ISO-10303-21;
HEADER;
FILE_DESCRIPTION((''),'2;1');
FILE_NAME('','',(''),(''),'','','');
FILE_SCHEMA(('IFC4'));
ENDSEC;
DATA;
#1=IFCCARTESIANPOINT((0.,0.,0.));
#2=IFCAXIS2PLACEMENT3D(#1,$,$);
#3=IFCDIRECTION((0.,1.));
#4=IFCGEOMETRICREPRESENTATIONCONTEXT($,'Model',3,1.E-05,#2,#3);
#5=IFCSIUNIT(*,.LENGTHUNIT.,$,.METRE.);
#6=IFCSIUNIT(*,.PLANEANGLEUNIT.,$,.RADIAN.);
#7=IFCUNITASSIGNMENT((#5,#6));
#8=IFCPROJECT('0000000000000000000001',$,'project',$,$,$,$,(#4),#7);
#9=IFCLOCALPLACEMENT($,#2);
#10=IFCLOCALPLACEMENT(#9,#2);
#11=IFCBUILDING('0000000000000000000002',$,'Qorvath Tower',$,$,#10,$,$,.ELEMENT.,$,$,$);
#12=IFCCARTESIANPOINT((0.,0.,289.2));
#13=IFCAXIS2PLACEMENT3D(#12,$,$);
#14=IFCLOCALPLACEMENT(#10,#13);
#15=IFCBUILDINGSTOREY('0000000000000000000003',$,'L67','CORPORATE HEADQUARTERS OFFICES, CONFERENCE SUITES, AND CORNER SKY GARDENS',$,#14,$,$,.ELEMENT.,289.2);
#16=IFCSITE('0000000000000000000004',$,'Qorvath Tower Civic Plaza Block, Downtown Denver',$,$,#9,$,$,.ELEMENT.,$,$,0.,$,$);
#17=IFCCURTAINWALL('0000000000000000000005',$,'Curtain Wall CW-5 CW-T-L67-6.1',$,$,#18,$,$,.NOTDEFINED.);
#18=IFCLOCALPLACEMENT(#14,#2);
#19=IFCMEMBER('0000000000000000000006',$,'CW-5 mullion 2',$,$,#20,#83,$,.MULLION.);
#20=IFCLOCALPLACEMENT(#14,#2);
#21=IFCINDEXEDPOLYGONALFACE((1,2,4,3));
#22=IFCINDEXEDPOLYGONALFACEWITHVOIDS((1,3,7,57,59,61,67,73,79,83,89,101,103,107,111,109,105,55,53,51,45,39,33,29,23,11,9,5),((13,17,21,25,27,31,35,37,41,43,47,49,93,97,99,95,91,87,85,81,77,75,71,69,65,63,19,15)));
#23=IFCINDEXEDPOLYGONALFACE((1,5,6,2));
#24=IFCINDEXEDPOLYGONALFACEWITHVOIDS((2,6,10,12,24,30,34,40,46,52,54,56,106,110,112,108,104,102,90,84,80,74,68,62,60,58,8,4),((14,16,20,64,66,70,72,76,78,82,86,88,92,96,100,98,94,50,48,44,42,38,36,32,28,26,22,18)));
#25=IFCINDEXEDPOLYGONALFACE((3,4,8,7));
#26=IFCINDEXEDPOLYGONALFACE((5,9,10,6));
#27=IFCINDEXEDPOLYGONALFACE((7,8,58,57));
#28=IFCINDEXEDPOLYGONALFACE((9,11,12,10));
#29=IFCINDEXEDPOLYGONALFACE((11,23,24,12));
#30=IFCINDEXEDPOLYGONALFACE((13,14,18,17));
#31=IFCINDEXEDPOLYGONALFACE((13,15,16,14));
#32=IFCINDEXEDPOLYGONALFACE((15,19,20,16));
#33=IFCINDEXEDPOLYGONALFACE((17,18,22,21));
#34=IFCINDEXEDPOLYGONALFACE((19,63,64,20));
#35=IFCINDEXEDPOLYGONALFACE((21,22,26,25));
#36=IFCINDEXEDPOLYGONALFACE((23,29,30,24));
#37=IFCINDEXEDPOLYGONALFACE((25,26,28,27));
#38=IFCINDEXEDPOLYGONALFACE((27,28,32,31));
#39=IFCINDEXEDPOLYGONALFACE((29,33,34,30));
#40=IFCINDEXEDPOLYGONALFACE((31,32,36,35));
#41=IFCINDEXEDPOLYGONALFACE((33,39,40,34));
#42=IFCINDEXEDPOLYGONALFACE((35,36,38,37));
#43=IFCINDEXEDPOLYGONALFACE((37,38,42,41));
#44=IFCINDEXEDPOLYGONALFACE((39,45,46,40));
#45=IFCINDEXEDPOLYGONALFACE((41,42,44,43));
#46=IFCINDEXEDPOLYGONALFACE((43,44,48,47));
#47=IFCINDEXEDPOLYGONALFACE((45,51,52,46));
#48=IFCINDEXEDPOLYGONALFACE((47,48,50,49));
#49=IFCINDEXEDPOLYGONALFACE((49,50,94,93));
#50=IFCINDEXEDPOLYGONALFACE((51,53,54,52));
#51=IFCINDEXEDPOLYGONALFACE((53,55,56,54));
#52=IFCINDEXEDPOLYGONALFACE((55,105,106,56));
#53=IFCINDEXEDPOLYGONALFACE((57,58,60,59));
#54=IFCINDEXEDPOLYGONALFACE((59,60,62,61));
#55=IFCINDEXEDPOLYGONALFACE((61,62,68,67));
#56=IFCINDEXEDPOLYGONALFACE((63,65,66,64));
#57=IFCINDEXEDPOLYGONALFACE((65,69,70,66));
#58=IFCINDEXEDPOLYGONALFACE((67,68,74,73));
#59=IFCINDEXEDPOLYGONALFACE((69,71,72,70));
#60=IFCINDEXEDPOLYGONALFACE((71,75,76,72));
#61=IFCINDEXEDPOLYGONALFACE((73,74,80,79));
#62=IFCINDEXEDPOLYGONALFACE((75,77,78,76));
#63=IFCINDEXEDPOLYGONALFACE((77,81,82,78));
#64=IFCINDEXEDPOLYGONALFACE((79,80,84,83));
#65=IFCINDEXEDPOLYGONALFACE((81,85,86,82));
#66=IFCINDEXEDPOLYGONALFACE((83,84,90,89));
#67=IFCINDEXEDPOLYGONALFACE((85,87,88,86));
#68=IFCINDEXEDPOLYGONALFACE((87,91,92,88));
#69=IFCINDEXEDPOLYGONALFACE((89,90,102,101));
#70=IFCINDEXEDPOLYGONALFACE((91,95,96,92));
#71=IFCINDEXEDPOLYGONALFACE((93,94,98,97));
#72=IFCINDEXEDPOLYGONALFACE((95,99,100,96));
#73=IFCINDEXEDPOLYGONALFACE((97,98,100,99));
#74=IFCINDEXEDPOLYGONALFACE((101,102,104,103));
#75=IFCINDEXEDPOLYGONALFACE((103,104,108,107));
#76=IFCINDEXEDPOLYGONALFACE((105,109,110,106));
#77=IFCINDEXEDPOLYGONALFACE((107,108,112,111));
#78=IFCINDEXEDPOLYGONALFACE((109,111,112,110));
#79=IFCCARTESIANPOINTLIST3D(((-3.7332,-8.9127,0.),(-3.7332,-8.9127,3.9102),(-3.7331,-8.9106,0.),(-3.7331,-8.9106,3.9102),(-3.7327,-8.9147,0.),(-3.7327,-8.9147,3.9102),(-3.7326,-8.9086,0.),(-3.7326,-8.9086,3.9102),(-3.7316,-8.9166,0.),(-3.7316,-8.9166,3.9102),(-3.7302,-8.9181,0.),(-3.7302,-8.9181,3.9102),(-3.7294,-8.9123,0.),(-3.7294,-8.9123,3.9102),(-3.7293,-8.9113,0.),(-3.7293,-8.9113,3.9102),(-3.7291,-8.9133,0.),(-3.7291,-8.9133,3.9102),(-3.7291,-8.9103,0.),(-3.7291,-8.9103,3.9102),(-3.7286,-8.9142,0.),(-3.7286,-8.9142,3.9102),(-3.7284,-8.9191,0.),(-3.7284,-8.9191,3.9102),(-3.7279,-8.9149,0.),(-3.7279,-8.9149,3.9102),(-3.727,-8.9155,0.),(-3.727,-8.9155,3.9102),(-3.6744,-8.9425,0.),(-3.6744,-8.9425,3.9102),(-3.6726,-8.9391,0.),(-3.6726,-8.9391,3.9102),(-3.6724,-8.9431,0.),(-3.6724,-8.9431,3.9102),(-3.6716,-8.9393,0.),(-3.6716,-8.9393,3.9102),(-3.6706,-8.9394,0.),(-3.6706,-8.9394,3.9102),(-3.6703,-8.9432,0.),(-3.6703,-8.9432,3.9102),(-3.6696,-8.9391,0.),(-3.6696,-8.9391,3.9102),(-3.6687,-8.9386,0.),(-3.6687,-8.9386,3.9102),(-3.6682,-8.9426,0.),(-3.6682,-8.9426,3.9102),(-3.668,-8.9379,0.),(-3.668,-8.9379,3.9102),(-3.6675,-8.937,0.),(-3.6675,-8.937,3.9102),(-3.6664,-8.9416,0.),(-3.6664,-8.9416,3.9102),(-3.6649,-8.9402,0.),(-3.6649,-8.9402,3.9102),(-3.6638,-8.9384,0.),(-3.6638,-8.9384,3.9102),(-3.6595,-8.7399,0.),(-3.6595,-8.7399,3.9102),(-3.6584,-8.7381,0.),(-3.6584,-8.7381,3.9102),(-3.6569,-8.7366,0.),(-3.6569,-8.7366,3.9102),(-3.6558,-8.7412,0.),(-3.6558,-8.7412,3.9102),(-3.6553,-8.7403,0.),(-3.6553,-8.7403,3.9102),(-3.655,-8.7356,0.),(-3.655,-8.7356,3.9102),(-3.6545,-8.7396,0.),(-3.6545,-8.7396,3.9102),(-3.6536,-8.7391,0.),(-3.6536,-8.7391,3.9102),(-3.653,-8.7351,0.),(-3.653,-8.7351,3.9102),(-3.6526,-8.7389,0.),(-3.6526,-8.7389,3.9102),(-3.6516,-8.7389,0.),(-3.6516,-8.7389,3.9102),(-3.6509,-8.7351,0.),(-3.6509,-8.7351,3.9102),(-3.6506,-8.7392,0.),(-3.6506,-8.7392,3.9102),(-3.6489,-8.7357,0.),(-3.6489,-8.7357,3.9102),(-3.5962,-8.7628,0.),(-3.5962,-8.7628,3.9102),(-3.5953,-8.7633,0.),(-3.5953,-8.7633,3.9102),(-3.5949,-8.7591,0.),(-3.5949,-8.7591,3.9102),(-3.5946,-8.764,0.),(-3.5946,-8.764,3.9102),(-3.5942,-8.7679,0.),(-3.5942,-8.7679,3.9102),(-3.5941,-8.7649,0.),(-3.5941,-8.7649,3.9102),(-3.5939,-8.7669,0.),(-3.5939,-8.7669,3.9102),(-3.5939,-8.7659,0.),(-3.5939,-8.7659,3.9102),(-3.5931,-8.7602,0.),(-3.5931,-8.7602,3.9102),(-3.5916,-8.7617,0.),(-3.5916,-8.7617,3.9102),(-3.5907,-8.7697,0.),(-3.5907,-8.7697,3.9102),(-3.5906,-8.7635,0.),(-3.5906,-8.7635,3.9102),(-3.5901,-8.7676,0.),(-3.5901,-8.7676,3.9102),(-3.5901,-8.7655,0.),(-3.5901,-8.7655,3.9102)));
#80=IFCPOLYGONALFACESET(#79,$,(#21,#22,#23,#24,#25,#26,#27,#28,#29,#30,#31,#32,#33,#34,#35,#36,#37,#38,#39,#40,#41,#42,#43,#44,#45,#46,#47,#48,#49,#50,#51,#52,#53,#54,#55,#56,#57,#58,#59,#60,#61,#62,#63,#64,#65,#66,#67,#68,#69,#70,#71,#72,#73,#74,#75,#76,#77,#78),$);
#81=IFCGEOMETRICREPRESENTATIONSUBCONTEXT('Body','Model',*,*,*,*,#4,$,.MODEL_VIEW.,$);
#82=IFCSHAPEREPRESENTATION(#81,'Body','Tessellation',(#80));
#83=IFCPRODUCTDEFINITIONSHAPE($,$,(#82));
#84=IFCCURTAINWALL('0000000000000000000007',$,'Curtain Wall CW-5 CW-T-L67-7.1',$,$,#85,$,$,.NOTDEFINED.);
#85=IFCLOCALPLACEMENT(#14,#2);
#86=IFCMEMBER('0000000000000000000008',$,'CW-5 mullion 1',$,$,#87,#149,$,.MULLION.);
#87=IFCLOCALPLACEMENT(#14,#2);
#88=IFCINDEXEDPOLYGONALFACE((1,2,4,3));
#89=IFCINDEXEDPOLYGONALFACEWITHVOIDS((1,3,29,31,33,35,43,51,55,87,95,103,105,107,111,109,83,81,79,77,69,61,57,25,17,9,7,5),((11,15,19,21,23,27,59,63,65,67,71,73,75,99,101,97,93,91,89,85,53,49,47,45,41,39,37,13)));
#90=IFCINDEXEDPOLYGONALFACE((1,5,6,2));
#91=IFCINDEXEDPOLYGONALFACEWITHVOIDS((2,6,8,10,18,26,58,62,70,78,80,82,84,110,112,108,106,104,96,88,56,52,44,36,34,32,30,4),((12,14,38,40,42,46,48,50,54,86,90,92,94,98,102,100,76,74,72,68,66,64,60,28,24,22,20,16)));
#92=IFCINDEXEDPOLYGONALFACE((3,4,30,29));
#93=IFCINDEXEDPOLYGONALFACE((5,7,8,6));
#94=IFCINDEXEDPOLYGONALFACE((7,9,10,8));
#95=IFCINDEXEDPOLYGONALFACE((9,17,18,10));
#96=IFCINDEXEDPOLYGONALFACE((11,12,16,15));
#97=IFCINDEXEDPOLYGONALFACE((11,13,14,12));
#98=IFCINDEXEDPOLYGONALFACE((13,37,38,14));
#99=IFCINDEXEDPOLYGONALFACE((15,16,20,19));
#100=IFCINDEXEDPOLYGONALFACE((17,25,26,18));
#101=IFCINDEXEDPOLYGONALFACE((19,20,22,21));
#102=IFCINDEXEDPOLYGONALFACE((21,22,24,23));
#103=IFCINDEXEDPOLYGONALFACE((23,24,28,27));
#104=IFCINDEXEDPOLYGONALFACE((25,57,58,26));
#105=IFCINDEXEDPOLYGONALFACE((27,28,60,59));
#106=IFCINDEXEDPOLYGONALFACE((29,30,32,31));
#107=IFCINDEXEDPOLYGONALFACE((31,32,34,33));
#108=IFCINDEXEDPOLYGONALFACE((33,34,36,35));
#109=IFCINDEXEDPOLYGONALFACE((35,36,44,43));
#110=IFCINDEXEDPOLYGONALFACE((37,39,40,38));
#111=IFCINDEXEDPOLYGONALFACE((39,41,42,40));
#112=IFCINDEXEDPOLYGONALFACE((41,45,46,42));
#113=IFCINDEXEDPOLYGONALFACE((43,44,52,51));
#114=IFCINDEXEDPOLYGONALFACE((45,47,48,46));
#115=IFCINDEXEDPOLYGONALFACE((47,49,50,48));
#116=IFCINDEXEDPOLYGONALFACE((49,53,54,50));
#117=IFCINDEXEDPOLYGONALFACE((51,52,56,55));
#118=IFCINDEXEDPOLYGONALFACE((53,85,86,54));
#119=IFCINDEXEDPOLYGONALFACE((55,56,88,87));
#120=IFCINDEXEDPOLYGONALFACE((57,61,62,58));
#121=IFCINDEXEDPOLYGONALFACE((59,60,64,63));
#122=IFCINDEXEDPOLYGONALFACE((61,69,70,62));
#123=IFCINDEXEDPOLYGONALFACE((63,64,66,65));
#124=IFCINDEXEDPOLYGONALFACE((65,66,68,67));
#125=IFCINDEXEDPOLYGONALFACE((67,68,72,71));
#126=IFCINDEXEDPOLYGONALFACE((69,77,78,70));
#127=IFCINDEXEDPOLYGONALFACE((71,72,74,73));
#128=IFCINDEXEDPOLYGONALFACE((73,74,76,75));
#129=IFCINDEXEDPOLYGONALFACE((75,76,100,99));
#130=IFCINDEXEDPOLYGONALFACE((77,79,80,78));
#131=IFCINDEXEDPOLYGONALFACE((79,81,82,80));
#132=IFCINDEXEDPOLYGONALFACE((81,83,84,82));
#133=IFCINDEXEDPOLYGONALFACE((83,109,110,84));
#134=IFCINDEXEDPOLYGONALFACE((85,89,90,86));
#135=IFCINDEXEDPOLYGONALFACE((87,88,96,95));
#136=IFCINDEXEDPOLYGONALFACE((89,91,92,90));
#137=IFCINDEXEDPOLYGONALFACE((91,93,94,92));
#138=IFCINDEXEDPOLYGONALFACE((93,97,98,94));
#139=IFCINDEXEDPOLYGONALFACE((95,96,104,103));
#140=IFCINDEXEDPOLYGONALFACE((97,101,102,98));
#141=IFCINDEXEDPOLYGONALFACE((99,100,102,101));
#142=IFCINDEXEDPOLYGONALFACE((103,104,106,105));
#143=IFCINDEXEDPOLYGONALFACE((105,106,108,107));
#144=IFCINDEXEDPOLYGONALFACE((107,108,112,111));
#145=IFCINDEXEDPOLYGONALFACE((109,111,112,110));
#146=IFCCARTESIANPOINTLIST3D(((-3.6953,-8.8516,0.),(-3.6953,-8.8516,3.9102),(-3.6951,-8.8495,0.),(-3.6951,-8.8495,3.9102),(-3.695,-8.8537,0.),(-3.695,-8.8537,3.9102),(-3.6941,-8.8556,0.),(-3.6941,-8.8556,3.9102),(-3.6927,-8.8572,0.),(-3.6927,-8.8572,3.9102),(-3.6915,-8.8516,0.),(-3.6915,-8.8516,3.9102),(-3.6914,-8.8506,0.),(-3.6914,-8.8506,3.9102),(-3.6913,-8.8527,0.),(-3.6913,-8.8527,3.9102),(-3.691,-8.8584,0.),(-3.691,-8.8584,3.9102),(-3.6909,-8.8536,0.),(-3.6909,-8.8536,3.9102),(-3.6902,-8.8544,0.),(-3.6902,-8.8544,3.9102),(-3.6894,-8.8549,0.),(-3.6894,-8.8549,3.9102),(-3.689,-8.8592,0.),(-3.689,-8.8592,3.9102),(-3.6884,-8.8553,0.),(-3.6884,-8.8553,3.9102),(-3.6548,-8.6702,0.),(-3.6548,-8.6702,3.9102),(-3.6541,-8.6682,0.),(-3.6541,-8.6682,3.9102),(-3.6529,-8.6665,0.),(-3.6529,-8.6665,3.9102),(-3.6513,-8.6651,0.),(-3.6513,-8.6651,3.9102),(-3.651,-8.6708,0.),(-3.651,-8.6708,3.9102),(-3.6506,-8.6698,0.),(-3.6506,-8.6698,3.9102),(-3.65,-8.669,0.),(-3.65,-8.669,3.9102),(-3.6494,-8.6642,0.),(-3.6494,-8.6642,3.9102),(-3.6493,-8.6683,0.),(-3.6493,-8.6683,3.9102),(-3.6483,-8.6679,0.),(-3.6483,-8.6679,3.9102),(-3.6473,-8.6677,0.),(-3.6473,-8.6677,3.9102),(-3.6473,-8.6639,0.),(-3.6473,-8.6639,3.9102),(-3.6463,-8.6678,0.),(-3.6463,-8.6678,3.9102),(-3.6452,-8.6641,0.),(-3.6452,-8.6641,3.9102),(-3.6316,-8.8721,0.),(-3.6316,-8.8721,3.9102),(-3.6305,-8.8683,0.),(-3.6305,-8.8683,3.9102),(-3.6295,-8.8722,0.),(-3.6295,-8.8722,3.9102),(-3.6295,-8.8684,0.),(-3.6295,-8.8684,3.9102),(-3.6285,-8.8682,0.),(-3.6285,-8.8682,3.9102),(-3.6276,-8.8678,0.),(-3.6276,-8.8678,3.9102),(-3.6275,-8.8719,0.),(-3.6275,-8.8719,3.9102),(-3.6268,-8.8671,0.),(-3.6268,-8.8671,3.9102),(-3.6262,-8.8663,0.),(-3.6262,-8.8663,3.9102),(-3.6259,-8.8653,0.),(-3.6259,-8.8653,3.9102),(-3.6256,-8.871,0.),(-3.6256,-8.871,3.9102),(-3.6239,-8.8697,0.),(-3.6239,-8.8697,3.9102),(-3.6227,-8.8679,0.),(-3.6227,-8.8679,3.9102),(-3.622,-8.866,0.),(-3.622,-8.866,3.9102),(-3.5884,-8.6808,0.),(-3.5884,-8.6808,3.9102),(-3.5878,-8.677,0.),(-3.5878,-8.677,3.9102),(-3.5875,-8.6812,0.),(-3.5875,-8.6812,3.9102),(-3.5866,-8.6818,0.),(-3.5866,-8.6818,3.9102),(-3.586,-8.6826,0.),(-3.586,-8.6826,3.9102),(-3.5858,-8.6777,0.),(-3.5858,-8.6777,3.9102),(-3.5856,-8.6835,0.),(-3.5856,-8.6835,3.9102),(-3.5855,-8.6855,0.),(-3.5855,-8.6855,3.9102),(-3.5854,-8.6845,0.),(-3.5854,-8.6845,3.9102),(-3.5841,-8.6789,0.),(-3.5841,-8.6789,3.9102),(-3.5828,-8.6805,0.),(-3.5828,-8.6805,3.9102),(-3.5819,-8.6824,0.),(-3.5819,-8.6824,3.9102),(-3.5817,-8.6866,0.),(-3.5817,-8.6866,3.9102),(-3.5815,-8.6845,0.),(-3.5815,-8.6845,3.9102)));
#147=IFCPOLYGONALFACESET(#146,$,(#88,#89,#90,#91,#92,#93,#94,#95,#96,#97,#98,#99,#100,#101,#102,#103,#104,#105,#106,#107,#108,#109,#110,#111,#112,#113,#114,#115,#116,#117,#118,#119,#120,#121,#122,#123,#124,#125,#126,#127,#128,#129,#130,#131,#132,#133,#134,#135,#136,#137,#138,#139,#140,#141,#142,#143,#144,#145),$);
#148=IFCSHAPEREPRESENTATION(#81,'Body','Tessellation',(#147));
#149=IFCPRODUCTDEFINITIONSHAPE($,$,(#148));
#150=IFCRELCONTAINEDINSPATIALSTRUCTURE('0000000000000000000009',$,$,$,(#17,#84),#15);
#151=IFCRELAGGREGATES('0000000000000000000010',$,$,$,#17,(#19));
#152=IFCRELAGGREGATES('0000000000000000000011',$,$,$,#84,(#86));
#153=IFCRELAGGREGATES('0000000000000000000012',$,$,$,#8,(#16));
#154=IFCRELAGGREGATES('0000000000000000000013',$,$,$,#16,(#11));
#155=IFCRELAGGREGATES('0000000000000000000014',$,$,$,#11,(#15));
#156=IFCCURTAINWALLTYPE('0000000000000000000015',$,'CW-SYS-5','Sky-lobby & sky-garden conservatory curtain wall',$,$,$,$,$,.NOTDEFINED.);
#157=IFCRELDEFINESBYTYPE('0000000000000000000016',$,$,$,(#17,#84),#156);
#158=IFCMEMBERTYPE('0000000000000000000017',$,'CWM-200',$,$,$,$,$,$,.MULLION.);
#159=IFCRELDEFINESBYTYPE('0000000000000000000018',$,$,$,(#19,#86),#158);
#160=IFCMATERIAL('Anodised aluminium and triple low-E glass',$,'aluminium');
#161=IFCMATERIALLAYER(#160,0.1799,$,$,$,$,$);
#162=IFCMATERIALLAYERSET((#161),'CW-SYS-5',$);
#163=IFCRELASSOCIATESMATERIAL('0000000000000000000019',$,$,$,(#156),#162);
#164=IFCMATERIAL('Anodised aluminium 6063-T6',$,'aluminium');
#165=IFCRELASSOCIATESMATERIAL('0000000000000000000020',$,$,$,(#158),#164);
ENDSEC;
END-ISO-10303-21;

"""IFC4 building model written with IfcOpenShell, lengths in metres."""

from ifc_helpers import new_model, si_unit, direction, frame, origin, origin_2d, place, context, subcontext, project, spatial, hollow_rectangle, extrude, material, layer, layer_set, material_profile, profile_set, type_object, element, aggregate, save


model = new_model("IFC4")

# Units and contexts
model_context = context("Model", 3, precision=1e-05, world=origin(), true_north=direction((0.0, 1.0)))
body_context = subcontext(model_context, "Body", "Model", "MODEL_VIEW")
ifc_project = project(units=[si_unit("LENGTHUNIT", "METRE"), si_unit("PLANEANGLEUNIT", "RADIAN")], contexts=[model_context])

# Site, building, storey
site_placement = place(None, origin())
site = spatial("IfcSite", under=ifc_project, at=site_placement, Name="Qorvath Tower Civic Plaza Block, Downtown Denver", CompositionType="ELEMENT", RefElevation=0.0)
building_placement = place(site_placement, origin())
building = spatial("IfcBuilding", under=site, at=building_placement, Name="Qorvath Tower", CompositionType="ELEMENT")
storey_placement = place(building_placement, frame((0.0, 0.0, 289.2)))
storey = spatial("IfcBuildingStorey", under=building, at=storey_placement, Name="L67", Description="CORPORATE HEADQUARTERS OFFICES, CONFERENCE SUITES, AND CORNER SKY GARDENS", CompositionType="ELEMENT", Elevation=289.2)

# Curtain walls, members
ifc_material_1 = material(Name="Anodised aluminium and triple low-E glass", Category="aluminium")
ifc_layer_1 = layer(ifc_material_1, 0.1799)
ifc_layer_set_1 = layer_set([ifc_layer_1], Name="CW-SYS-5")
curtain_wall_type = type_object("IfcCurtainWallType", Name="CW-SYS-5", Description="Sky-lobby & sky-garden conservatory curtain wall", PredefinedType="NOTDEFINED", material=ifc_layer_set_1)
curtain_wall_1_placement = place(storey_placement, origin())
curtain_wall_1 = element("IfcCurtainWall", 1, at=curtain_wall_1_placement, inside=storey, type_object=curtain_wall_type, Name="Curtain Wall CW-5 CW-T-L67-6.1", PredefinedType="NOTDEFINED")
ifc_material_2 = material(Name="Anodised aluminium 6063-T6", Category="aluminium")
ifc_material_profile_1 = material_profile(ifc_material_2, hollow_rectangle(XDim=0.075, YDim=0.2, WallThickness=0.0039, InnerFilletRadius=0.0039, OuterFilletRadius=0.0081, at=origin_2d()), Name="CWM 200x75")
ifc_profile_set_1 = profile_set([ifc_material_profile_1], Name="Anodised aluminium 6063-T6")
member_type_1 = type_object("IfcMemberType", Name="CWM-200", PredefinedType="MULLION", material=ifc_profile_set_1)
member_1_placement = place(storey_placement, frame((-3.6616, -8.8391, 0.0), z_axis=(0.0, 0.0, 1.0), x_axis=(-0.917563, 0.39759, 0.0)))
member_1 = element("IfcMember", 2, at=member_1_placement, type_object=member_type_1, Name="CW-5 mullion 2", PredefinedType="MULLION", context=body_context, shape_type="SweptSolid", body=[
    extrude(hollow_rectangle(XDim=0.075, YDim=0.2, WallThickness=0.0039, InnerFilletRadius=0.0039, OuterFilletRadius=0.0081, at=origin_2d()), origin(), (0.0, 0.0, 1.0), 3.9102),
])
curtain_wall_2_placement = place(storey_placement, origin())
curtain_wall_2 = element("IfcCurtainWall", 3, at=curtain_wall_2_placement, inside=storey, type_object=curtain_wall_type, Name="Curtain Wall CW-5 CW-T-L67-7.1", PredefinedType="NOTDEFINED")
member_2_placement = place(storey_placement, frame((-3.6384, -8.7681, 0.0), z_axis=(0.0, 0.0, 1.0), x_axis=(-0.97568, 0.219199, 0.0)))
member_2 = element("IfcMember", 4, at=member_2_placement, type_object=member_type_1, Name="CW-5 mullion 1", PredefinedType="MULLION", context=body_context, shape_type="SweptSolid", body=[
    extrude(hollow_rectangle(XDim=0.075, YDim=0.2, WallThickness=0.0039, InnerFilletRadius=0.0039, OuterFilletRadius=0.0081, at=origin_2d()), origin(), (0.0, 0.0, 1.0), 3.9102),
])

aggregate(curtain_wall_1, [member_1])
aggregate(curtain_wall_2, [member_2])

save(model, "model.ifc")
